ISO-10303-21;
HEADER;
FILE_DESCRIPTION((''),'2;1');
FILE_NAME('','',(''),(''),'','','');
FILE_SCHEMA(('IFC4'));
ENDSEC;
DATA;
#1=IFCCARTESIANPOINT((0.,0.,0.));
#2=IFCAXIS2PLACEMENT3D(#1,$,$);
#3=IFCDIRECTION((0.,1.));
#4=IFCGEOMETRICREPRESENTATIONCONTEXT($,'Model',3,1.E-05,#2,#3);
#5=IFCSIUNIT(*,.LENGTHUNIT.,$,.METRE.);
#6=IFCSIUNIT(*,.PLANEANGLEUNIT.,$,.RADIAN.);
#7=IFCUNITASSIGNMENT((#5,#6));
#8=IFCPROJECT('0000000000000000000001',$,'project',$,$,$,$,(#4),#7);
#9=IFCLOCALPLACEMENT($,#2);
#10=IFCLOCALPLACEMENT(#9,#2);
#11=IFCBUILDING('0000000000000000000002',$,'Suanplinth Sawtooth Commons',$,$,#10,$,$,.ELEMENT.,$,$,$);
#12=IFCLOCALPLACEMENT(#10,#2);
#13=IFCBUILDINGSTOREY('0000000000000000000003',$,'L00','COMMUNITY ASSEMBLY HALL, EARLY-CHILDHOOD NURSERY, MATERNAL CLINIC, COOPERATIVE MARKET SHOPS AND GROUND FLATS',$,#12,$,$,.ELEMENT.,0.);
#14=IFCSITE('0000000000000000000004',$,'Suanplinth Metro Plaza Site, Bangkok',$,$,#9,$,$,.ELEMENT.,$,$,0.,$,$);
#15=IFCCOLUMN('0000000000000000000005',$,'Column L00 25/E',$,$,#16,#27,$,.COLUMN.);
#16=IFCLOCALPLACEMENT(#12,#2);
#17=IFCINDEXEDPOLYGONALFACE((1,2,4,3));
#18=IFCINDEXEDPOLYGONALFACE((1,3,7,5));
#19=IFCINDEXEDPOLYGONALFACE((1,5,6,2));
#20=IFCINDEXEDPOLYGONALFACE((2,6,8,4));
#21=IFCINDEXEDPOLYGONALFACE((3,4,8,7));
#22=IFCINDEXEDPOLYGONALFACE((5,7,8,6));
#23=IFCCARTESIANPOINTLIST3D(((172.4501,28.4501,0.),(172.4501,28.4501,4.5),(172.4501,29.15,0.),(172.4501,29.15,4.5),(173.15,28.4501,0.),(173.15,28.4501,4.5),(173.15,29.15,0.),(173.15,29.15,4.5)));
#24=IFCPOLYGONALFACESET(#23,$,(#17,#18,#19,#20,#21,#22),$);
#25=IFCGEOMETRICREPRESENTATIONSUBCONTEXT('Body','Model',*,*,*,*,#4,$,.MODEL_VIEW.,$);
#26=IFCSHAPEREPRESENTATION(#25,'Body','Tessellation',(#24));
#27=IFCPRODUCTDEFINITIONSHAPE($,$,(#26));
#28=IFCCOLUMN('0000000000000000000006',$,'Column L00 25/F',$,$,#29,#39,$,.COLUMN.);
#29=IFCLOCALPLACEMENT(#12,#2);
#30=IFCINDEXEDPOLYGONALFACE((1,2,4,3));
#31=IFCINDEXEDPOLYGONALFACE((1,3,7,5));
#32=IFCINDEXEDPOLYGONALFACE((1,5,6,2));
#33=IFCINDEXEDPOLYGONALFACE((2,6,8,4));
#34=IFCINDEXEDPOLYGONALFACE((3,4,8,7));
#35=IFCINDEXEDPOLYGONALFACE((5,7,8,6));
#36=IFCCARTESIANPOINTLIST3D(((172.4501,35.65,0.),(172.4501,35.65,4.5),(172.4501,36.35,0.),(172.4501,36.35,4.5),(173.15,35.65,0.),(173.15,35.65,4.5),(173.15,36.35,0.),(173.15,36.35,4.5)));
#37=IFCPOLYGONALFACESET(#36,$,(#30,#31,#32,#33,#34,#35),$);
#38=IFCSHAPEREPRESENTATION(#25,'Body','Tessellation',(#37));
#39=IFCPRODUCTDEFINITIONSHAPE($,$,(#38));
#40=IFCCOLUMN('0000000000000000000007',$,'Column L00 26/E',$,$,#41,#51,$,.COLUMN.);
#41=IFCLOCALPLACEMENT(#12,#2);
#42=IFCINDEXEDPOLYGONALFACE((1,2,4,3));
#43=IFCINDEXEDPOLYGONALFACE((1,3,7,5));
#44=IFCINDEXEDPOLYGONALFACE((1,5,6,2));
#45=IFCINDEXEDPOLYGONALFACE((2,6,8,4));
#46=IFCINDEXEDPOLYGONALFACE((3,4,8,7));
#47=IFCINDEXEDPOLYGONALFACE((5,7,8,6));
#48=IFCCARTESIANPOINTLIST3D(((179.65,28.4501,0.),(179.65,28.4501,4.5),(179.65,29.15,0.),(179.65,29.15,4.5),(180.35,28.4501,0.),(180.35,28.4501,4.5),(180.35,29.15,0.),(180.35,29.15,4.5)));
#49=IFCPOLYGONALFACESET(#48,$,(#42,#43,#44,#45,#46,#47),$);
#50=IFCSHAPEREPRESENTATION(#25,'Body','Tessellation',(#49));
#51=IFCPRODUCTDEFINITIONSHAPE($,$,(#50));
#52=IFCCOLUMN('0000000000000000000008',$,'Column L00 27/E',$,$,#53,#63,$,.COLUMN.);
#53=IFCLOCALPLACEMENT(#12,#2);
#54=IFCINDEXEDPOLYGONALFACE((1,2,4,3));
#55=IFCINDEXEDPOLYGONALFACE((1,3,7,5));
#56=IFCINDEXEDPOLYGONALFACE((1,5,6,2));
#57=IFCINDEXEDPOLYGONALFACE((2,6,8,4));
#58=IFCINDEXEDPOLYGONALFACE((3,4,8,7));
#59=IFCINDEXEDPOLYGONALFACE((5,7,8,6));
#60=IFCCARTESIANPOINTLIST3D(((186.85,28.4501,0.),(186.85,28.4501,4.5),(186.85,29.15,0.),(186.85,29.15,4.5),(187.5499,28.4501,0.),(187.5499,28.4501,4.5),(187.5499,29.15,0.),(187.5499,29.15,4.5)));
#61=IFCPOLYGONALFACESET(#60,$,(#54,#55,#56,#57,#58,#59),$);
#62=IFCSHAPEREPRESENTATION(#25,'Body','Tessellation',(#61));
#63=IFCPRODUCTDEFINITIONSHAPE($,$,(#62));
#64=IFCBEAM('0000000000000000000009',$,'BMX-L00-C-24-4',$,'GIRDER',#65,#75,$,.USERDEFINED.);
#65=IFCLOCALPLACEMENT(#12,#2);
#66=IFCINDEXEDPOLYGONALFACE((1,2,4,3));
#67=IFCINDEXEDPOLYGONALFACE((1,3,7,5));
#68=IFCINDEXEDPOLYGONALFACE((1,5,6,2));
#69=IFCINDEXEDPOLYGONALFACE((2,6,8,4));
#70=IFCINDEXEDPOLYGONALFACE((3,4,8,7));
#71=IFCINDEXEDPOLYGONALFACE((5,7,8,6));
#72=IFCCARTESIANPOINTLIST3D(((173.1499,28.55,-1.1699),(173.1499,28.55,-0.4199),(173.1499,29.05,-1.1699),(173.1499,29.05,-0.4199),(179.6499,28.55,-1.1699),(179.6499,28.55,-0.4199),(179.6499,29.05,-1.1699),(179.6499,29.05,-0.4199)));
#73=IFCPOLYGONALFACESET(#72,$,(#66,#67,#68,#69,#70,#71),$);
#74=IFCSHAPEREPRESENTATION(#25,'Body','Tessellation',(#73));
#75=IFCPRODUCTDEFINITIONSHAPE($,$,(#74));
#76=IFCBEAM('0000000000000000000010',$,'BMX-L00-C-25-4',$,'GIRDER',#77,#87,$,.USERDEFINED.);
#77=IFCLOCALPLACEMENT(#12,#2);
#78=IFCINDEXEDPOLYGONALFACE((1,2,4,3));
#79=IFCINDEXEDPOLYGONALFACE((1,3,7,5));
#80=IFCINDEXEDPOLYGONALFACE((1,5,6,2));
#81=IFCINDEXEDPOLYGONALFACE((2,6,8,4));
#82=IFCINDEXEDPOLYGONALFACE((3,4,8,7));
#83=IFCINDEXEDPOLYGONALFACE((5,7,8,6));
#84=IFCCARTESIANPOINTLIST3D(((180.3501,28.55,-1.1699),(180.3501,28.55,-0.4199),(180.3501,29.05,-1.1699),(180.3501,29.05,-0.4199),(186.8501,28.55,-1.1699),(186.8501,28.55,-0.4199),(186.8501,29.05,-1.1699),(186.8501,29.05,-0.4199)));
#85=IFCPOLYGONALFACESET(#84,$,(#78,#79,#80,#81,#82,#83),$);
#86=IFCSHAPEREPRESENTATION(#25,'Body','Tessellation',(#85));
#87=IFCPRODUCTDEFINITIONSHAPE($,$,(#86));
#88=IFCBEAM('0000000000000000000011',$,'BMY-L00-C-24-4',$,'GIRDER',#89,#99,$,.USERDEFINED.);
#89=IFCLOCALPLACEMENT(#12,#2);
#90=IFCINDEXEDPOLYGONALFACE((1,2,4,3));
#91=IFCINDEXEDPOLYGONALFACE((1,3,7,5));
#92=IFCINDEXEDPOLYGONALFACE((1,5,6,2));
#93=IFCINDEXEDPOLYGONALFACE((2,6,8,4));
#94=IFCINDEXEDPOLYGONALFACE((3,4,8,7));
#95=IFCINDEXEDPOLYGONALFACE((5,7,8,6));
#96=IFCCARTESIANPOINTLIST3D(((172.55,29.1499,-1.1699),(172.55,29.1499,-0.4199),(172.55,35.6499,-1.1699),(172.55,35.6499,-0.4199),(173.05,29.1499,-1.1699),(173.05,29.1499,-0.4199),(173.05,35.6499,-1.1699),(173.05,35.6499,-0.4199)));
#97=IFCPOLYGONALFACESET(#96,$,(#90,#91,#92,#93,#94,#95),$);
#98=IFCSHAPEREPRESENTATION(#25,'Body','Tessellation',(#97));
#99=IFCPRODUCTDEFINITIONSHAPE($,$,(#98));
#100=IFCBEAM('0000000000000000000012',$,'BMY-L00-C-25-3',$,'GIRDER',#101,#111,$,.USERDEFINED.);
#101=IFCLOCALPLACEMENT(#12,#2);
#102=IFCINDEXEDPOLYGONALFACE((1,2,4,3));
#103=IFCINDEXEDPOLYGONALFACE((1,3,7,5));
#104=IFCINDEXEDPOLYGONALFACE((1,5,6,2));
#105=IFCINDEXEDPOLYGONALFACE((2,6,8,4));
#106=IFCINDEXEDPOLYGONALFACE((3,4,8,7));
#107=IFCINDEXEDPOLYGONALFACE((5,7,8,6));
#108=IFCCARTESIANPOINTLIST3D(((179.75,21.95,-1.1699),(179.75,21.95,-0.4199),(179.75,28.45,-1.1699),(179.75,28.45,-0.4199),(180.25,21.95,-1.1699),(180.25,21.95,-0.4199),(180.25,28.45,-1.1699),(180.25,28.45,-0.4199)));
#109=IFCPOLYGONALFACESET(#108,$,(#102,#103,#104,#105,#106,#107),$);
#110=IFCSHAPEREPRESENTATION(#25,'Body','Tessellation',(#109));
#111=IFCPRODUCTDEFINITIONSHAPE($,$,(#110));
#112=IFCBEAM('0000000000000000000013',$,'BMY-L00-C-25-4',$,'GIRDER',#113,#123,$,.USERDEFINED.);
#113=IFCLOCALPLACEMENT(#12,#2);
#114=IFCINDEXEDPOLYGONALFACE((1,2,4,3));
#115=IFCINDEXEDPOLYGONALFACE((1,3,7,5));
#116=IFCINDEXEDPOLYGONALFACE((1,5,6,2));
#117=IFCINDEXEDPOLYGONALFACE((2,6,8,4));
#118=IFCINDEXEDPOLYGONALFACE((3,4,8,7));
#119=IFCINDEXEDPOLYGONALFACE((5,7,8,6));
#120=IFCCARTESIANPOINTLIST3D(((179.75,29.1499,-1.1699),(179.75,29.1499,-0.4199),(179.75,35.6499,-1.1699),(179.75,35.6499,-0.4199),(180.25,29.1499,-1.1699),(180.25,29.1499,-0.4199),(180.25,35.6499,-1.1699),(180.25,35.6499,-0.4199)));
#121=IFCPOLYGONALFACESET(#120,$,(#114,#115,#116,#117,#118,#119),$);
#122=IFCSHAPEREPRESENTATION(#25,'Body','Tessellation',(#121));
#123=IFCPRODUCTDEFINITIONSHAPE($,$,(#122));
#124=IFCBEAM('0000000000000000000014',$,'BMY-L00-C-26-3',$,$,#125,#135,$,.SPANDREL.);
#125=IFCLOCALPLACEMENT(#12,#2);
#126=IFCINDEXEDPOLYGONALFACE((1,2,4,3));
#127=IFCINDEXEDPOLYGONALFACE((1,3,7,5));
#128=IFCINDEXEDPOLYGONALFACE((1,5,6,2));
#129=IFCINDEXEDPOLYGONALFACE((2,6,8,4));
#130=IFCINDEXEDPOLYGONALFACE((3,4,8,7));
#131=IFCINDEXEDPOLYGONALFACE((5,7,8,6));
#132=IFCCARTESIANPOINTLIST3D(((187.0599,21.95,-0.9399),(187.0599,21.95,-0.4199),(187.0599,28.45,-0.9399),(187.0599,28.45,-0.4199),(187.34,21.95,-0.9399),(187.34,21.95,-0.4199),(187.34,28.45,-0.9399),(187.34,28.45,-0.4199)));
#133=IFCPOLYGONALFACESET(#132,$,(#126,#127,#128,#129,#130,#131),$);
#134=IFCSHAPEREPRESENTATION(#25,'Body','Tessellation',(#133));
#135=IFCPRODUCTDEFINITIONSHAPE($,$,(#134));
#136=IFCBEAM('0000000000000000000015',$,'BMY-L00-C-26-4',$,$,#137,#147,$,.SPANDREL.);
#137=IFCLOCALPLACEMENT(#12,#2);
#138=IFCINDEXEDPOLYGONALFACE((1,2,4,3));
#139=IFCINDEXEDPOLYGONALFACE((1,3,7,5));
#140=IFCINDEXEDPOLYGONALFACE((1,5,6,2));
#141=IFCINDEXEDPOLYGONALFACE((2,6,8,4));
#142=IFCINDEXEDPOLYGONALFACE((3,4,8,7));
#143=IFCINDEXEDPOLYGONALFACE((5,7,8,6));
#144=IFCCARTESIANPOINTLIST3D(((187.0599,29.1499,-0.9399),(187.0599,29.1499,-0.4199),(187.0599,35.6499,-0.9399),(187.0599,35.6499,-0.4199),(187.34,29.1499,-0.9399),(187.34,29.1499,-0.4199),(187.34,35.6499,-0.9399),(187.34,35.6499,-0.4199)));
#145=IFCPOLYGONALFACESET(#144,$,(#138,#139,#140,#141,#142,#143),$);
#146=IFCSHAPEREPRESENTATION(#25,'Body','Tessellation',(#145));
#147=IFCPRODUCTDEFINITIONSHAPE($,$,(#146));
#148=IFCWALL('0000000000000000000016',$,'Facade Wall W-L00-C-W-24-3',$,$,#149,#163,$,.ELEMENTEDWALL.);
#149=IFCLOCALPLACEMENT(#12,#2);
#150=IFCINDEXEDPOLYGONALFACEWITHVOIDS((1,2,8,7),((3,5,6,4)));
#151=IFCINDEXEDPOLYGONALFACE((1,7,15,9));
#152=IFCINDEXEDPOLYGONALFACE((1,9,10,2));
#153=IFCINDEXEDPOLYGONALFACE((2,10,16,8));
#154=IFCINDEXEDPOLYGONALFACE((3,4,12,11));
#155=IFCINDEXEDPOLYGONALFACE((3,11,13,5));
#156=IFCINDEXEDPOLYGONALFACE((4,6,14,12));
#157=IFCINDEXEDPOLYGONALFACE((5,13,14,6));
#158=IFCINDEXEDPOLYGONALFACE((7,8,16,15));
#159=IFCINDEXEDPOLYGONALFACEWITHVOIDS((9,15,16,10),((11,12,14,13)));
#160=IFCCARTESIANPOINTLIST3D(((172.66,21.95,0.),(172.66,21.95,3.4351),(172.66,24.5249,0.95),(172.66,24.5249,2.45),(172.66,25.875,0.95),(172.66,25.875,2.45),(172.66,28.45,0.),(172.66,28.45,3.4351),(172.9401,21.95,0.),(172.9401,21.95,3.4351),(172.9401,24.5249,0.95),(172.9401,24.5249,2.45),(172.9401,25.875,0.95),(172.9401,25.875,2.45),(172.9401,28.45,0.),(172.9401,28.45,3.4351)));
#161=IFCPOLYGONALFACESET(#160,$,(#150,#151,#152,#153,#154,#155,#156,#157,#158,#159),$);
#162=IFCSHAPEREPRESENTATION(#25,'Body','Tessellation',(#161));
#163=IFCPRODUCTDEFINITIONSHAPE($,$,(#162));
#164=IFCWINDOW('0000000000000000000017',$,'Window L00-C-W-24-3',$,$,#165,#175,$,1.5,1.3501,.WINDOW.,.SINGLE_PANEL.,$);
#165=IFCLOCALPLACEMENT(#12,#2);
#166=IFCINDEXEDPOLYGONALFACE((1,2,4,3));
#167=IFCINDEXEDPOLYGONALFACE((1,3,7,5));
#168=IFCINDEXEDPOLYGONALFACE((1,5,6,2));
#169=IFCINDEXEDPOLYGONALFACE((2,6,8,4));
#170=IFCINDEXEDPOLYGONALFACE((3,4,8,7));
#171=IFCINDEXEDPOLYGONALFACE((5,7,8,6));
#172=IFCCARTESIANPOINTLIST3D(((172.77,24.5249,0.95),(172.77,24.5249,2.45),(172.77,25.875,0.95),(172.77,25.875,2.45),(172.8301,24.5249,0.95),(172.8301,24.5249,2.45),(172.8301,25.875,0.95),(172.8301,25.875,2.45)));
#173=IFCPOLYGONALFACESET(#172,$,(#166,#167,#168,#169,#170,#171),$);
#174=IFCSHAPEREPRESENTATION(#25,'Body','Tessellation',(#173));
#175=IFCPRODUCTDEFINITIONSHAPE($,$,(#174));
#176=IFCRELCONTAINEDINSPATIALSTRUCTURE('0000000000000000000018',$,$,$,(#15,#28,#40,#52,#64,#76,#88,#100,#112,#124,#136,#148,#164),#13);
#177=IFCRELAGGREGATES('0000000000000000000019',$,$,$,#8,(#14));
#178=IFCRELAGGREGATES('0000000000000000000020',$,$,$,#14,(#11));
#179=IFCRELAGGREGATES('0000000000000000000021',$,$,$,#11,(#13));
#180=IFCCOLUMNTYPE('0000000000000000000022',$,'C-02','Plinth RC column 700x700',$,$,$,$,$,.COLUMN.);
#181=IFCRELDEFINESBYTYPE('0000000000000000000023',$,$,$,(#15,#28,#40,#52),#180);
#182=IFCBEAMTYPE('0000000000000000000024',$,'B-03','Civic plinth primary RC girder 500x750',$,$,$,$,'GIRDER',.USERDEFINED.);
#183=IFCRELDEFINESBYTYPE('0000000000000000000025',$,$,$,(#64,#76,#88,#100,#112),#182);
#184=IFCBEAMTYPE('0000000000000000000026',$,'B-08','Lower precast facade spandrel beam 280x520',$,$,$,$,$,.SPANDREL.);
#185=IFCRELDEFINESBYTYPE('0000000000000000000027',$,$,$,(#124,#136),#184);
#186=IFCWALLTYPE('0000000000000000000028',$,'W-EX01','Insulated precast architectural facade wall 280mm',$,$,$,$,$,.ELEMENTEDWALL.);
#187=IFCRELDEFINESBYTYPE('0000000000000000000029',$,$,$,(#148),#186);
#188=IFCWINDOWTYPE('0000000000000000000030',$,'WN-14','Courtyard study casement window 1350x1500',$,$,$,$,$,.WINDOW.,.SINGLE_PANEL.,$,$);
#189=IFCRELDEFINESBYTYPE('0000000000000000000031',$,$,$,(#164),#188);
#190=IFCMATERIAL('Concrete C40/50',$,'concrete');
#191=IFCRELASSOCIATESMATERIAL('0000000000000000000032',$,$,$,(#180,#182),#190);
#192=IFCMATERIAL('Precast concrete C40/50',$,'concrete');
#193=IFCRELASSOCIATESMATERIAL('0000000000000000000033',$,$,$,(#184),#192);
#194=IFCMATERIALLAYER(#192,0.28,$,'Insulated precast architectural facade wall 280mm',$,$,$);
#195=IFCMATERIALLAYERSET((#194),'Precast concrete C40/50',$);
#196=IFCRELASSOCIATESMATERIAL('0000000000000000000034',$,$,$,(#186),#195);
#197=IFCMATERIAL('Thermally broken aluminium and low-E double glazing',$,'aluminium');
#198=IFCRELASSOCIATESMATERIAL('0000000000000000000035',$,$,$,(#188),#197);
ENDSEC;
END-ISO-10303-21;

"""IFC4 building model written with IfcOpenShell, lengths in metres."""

from ifc_helpers import new_model, si_unit, direction, frame, frame_2d, origin, origin_2d, place, context, subcontext, project, spatial, rectangle, extrude, material, layer, layer_set, material_profile, profile_set, type_object, element, fill, save


model = new_model("IFC4")

# Units and contexts
model_context = context("Model", 3, precision=1e-05, world=origin(), true_north=direction((0.0, 1.0)))
body_context = subcontext(model_context, "Body", "Model", "MODEL_VIEW")
ifc_project = project(units=[si_unit("LENGTHUNIT", "METRE"), si_unit("PLANEANGLEUNIT", "RADIAN")], contexts=[model_context])

# Site, building, storey
site_placement = place(None, origin())
site = spatial("IfcSite", under=ifc_project, at=site_placement, Name="Suanplinth Metro Plaza Site, Bangkok", CompositionType="ELEMENT", RefElevation=0.0)
building_placement = place(site_placement, origin())
building = spatial("IfcBuilding", under=site, at=building_placement, Name="Suanplinth Sawtooth Commons", CompositionType="ELEMENT")
storey_placement = place(building_placement, origin())
storey = spatial("IfcBuildingStorey", under=building, at=storey_placement, Name="L00", Description="COMMUNITY ASSEMBLY HALL, EARLY-CHILDHOOD NURSERY, MATERNAL CLINIC, COOPERATIVE MARKET SHOPS AND GROUND FLATS", CompositionType="ELEMENT", Elevation=0.0)

# Columns
ifc_material_1 = material(Name="Concrete C40/50", Category="concrete")
ifc_material_profile_1 = material_profile(ifc_material_1, rectangle(XDim=0.7, YDim=0.7, at=origin_2d()), Name="RC-COL 700x700")
ifc_profile_set_1 = profile_set([ifc_material_profile_1], Name="Concrete C40/50")
column_type = type_object("IfcColumnType", Name="C-02", Description="Plinth RC column 700x700", PredefinedType="COLUMN", material=ifc_profile_set_1)
for number, where, z_axis, x_axis, name in (
    (1, (172.8, 28.8, 0.0), (0.0, 0.0, 1.0), (1.0, 0.0, 0.0), "Column L00 25/E"),
    (2, (172.8, 36.0, 0.0), (0.0, 0.0, 1.0), (1.0, 0.0, 0.0), "Column L00 25/F"),
    (3, (180.0, 28.8, 0.0), (0.0, 0.0, 1.0), (1.0, 0.0, 0.0), "Column L00 26/E"),
    (4, (187.2, 28.8, 0.0), (0.0, 0.0, 1.0), (1.0, 0.0, 0.0), "Column L00 27/E"),
):
    element("IfcColumn", number, at=place(storey_placement, frame(where, z_axis=z_axis, x_axis=x_axis)), inside=storey, type_object=column_type, Name=name, PredefinedType="COLUMN", context=body_context, shape_type="SweptSolid", body=[
        extrude(rectangle(XDim=0.7, YDim=0.7, at=origin_2d()), origin(), (0.0, 0.0, 1.0), 4.5),
    ])

# Beams
ifc_material_profile_2 = material_profile(ifc_material_1, rectangle(XDim=0.5, YDim=0.75, at=origin_2d()), Name="RC-GDR 500x750")
ifc_profile_set_2 = profile_set([ifc_material_profile_2], Name="Concrete C40/50")
beam_type_1 = type_object("IfcBeamType", Name="B-03", Description="Civic plinth primary RC girder 500x750", ElementType="GIRDER", PredefinedType="USERDEFINED", material=ifc_profile_set_2)
for number, where, z_axis, x_axis, name in (
    (5, (173.1499, 28.8, -0.7949), (1.0, 0.0, 0.0), (0.0, 1.0, 0.0), "BMX-L00-C-24-4"),
    (6, (180.3501, 28.8, -0.7949), (1.0, 0.0, 0.0), (0.0, 1.0, 0.0), "BMX-L00-C-25-4"),
    (7, (172.8, 29.1499, -0.7949), (0.0, 1.0, 0.0), (-1.0, 0.0, 0.0), "BMY-L00-C-24-4"),
    (8, (180.0, 21.95, -0.7949), (0.0, 1.0, 0.0), (-1.0, 0.0, 0.0), "BMY-L00-C-25-3"),
    (9, (180.0, 29.1499, -0.7949), (0.0, 1.0, 0.0), (-1.0, 0.0, 0.0), "BMY-L00-C-25-4"),
):
    element("IfcBeam", number, at=place(storey_placement, frame(where, z_axis=z_axis, x_axis=x_axis)), inside=storey, type_object=beam_type_1, Name=name, ObjectType="GIRDER", PredefinedType="USERDEFINED", context=body_context, shape_type="SweptSolid", body=[
        extrude(rectangle(XDim=0.5, YDim=0.75, at=origin_2d()), origin(), (0.0, 0.0, 1.0), 6.5),
    ])
ifc_material_2 = material(Name="Precast concrete C40/50", Category="concrete")
ifc_material_profile_3 = material_profile(ifc_material_2, rectangle(XDim=0.28, YDim=0.52, at=origin_2d()), Name="PC-SP 280x520")
ifc_profile_set_3 = profile_set([ifc_material_profile_3], Name="Precast concrete C40/50")
beam_type_2 = type_object("IfcBeamType", Name="B-08", Description="Lower precast facade spandrel beam 280x520", PredefinedType="SPANDREL", material=ifc_profile_set_3)
for number, where, z_axis, x_axis, name in (
    (10, (187.2, 21.95, -0.6799), (0.0, 1.0, 0.0), (-1.0, 0.0, 0.0), "BMY-L00-C-26-3"),
    (11, (187.2, 29.1499, -0.6799), (0.0, 1.0, 0.0), (-1.0, 0.0, 0.0), "BMY-L00-C-26-4"),
):
    element("IfcBeam", number, at=place(storey_placement, frame(where, z_axis=z_axis, x_axis=x_axis)), inside=storey, type_object=beam_type_2, Name=name, PredefinedType="SPANDREL", context=body_context, shape_type="SweptSolid", body=[
        extrude(rectangle(XDim=0.28, YDim=0.52, at=origin_2d()), origin(), (0.0, 0.0, 1.0), 6.5),
    ])

# Wall, opening, window
ifc_layer_1 = layer(ifc_material_2, 0.28, Name="Insulated precast architectural facade wall 280mm")
ifc_layer_set_1 = layer_set([ifc_layer_1], Name="Precast concrete C40/50")
wall_type_1 = type_object("IfcWallType", Name="W-EX01", Description="Insulated precast architectural facade wall 280mm", PredefinedType="ELEMENTEDWALL", material=ifc_layer_set_1)
wall_1_placement = place(storey_placement, frame((172.8, 21.95, 0.0), z_axis=(0.0, 0.0, 1.0), x_axis=(0.0, 1.0, 0.0)))
wall_1 = element("IfcWall", 12, at=wall_1_placement, inside=storey, type_object=wall_type_1, Name="Facade Wall W-L00-C-W-24-3", PredefinedType="ELEMENTEDWALL", context=body_context, shape_type="SweptSolid", body=[
    extrude(rectangle(XDim=6.5, YDim=0.28, at=frame_2d((3.25, 0.0))), origin(), (0.0, 0.0, 1.0), 3.4351),
])
opening_1_placement = place(wall_1_placement, frame((2.575, 0.0, 0.95)))
opening_1 = element("IfcOpeningElement", 13, at=opening_1_placement, cuts=wall_1, PredefinedType="OPENING", context=body_context, shape_type="SweptSolid", body=[
    extrude(rectangle(XDim=1.3501, YDim=1.5, at=frame_2d((0.675, 0.75))), frame((0.0, 0.1548, 0.0), z_axis=(0.0, -1.0, 0.0), x_axis=(1.0, 0.0, 0.0)), (0.0, 0.0, 1.0), 0.3098),
])
ifc_material_3 = material(Name="Thermally broken aluminium and low-E double glazing", Category="aluminium")
window_type_1 = type_object("IfcWindowType", Name="WN-14", Description="Courtyard study casement window 1350x1500", PartitioningType="SINGLE_PANEL", PredefinedType="WINDOW", material=ifc_material_3)
window_1_placement = place(opening_1_placement, origin())
window_1 = element("IfcWindow", 14, at=window_1_placement, inside=storey, type_object=window_type_1, Name="Window L00-C-W-24-3", OverallHeight=1.5, OverallWidth=1.3501, PartitioningType="SINGLE_PANEL", PredefinedType="WINDOW", context=body_context, shape_type="SweptSolid", body=[
    extrude(rectangle(XDim=1.3501, YDim=1.5, at=frame_2d((0.675, 0.75))), frame((0.0, 0.03, 0.0), z_axis=(0.0, -1.0, 0.0), x_axis=(1.0, 0.0, 0.0)), (0.0, 0.0, 1.0), 0.0601),
])
fill(opening_1, window_1)

save(model, "model.ifc")
